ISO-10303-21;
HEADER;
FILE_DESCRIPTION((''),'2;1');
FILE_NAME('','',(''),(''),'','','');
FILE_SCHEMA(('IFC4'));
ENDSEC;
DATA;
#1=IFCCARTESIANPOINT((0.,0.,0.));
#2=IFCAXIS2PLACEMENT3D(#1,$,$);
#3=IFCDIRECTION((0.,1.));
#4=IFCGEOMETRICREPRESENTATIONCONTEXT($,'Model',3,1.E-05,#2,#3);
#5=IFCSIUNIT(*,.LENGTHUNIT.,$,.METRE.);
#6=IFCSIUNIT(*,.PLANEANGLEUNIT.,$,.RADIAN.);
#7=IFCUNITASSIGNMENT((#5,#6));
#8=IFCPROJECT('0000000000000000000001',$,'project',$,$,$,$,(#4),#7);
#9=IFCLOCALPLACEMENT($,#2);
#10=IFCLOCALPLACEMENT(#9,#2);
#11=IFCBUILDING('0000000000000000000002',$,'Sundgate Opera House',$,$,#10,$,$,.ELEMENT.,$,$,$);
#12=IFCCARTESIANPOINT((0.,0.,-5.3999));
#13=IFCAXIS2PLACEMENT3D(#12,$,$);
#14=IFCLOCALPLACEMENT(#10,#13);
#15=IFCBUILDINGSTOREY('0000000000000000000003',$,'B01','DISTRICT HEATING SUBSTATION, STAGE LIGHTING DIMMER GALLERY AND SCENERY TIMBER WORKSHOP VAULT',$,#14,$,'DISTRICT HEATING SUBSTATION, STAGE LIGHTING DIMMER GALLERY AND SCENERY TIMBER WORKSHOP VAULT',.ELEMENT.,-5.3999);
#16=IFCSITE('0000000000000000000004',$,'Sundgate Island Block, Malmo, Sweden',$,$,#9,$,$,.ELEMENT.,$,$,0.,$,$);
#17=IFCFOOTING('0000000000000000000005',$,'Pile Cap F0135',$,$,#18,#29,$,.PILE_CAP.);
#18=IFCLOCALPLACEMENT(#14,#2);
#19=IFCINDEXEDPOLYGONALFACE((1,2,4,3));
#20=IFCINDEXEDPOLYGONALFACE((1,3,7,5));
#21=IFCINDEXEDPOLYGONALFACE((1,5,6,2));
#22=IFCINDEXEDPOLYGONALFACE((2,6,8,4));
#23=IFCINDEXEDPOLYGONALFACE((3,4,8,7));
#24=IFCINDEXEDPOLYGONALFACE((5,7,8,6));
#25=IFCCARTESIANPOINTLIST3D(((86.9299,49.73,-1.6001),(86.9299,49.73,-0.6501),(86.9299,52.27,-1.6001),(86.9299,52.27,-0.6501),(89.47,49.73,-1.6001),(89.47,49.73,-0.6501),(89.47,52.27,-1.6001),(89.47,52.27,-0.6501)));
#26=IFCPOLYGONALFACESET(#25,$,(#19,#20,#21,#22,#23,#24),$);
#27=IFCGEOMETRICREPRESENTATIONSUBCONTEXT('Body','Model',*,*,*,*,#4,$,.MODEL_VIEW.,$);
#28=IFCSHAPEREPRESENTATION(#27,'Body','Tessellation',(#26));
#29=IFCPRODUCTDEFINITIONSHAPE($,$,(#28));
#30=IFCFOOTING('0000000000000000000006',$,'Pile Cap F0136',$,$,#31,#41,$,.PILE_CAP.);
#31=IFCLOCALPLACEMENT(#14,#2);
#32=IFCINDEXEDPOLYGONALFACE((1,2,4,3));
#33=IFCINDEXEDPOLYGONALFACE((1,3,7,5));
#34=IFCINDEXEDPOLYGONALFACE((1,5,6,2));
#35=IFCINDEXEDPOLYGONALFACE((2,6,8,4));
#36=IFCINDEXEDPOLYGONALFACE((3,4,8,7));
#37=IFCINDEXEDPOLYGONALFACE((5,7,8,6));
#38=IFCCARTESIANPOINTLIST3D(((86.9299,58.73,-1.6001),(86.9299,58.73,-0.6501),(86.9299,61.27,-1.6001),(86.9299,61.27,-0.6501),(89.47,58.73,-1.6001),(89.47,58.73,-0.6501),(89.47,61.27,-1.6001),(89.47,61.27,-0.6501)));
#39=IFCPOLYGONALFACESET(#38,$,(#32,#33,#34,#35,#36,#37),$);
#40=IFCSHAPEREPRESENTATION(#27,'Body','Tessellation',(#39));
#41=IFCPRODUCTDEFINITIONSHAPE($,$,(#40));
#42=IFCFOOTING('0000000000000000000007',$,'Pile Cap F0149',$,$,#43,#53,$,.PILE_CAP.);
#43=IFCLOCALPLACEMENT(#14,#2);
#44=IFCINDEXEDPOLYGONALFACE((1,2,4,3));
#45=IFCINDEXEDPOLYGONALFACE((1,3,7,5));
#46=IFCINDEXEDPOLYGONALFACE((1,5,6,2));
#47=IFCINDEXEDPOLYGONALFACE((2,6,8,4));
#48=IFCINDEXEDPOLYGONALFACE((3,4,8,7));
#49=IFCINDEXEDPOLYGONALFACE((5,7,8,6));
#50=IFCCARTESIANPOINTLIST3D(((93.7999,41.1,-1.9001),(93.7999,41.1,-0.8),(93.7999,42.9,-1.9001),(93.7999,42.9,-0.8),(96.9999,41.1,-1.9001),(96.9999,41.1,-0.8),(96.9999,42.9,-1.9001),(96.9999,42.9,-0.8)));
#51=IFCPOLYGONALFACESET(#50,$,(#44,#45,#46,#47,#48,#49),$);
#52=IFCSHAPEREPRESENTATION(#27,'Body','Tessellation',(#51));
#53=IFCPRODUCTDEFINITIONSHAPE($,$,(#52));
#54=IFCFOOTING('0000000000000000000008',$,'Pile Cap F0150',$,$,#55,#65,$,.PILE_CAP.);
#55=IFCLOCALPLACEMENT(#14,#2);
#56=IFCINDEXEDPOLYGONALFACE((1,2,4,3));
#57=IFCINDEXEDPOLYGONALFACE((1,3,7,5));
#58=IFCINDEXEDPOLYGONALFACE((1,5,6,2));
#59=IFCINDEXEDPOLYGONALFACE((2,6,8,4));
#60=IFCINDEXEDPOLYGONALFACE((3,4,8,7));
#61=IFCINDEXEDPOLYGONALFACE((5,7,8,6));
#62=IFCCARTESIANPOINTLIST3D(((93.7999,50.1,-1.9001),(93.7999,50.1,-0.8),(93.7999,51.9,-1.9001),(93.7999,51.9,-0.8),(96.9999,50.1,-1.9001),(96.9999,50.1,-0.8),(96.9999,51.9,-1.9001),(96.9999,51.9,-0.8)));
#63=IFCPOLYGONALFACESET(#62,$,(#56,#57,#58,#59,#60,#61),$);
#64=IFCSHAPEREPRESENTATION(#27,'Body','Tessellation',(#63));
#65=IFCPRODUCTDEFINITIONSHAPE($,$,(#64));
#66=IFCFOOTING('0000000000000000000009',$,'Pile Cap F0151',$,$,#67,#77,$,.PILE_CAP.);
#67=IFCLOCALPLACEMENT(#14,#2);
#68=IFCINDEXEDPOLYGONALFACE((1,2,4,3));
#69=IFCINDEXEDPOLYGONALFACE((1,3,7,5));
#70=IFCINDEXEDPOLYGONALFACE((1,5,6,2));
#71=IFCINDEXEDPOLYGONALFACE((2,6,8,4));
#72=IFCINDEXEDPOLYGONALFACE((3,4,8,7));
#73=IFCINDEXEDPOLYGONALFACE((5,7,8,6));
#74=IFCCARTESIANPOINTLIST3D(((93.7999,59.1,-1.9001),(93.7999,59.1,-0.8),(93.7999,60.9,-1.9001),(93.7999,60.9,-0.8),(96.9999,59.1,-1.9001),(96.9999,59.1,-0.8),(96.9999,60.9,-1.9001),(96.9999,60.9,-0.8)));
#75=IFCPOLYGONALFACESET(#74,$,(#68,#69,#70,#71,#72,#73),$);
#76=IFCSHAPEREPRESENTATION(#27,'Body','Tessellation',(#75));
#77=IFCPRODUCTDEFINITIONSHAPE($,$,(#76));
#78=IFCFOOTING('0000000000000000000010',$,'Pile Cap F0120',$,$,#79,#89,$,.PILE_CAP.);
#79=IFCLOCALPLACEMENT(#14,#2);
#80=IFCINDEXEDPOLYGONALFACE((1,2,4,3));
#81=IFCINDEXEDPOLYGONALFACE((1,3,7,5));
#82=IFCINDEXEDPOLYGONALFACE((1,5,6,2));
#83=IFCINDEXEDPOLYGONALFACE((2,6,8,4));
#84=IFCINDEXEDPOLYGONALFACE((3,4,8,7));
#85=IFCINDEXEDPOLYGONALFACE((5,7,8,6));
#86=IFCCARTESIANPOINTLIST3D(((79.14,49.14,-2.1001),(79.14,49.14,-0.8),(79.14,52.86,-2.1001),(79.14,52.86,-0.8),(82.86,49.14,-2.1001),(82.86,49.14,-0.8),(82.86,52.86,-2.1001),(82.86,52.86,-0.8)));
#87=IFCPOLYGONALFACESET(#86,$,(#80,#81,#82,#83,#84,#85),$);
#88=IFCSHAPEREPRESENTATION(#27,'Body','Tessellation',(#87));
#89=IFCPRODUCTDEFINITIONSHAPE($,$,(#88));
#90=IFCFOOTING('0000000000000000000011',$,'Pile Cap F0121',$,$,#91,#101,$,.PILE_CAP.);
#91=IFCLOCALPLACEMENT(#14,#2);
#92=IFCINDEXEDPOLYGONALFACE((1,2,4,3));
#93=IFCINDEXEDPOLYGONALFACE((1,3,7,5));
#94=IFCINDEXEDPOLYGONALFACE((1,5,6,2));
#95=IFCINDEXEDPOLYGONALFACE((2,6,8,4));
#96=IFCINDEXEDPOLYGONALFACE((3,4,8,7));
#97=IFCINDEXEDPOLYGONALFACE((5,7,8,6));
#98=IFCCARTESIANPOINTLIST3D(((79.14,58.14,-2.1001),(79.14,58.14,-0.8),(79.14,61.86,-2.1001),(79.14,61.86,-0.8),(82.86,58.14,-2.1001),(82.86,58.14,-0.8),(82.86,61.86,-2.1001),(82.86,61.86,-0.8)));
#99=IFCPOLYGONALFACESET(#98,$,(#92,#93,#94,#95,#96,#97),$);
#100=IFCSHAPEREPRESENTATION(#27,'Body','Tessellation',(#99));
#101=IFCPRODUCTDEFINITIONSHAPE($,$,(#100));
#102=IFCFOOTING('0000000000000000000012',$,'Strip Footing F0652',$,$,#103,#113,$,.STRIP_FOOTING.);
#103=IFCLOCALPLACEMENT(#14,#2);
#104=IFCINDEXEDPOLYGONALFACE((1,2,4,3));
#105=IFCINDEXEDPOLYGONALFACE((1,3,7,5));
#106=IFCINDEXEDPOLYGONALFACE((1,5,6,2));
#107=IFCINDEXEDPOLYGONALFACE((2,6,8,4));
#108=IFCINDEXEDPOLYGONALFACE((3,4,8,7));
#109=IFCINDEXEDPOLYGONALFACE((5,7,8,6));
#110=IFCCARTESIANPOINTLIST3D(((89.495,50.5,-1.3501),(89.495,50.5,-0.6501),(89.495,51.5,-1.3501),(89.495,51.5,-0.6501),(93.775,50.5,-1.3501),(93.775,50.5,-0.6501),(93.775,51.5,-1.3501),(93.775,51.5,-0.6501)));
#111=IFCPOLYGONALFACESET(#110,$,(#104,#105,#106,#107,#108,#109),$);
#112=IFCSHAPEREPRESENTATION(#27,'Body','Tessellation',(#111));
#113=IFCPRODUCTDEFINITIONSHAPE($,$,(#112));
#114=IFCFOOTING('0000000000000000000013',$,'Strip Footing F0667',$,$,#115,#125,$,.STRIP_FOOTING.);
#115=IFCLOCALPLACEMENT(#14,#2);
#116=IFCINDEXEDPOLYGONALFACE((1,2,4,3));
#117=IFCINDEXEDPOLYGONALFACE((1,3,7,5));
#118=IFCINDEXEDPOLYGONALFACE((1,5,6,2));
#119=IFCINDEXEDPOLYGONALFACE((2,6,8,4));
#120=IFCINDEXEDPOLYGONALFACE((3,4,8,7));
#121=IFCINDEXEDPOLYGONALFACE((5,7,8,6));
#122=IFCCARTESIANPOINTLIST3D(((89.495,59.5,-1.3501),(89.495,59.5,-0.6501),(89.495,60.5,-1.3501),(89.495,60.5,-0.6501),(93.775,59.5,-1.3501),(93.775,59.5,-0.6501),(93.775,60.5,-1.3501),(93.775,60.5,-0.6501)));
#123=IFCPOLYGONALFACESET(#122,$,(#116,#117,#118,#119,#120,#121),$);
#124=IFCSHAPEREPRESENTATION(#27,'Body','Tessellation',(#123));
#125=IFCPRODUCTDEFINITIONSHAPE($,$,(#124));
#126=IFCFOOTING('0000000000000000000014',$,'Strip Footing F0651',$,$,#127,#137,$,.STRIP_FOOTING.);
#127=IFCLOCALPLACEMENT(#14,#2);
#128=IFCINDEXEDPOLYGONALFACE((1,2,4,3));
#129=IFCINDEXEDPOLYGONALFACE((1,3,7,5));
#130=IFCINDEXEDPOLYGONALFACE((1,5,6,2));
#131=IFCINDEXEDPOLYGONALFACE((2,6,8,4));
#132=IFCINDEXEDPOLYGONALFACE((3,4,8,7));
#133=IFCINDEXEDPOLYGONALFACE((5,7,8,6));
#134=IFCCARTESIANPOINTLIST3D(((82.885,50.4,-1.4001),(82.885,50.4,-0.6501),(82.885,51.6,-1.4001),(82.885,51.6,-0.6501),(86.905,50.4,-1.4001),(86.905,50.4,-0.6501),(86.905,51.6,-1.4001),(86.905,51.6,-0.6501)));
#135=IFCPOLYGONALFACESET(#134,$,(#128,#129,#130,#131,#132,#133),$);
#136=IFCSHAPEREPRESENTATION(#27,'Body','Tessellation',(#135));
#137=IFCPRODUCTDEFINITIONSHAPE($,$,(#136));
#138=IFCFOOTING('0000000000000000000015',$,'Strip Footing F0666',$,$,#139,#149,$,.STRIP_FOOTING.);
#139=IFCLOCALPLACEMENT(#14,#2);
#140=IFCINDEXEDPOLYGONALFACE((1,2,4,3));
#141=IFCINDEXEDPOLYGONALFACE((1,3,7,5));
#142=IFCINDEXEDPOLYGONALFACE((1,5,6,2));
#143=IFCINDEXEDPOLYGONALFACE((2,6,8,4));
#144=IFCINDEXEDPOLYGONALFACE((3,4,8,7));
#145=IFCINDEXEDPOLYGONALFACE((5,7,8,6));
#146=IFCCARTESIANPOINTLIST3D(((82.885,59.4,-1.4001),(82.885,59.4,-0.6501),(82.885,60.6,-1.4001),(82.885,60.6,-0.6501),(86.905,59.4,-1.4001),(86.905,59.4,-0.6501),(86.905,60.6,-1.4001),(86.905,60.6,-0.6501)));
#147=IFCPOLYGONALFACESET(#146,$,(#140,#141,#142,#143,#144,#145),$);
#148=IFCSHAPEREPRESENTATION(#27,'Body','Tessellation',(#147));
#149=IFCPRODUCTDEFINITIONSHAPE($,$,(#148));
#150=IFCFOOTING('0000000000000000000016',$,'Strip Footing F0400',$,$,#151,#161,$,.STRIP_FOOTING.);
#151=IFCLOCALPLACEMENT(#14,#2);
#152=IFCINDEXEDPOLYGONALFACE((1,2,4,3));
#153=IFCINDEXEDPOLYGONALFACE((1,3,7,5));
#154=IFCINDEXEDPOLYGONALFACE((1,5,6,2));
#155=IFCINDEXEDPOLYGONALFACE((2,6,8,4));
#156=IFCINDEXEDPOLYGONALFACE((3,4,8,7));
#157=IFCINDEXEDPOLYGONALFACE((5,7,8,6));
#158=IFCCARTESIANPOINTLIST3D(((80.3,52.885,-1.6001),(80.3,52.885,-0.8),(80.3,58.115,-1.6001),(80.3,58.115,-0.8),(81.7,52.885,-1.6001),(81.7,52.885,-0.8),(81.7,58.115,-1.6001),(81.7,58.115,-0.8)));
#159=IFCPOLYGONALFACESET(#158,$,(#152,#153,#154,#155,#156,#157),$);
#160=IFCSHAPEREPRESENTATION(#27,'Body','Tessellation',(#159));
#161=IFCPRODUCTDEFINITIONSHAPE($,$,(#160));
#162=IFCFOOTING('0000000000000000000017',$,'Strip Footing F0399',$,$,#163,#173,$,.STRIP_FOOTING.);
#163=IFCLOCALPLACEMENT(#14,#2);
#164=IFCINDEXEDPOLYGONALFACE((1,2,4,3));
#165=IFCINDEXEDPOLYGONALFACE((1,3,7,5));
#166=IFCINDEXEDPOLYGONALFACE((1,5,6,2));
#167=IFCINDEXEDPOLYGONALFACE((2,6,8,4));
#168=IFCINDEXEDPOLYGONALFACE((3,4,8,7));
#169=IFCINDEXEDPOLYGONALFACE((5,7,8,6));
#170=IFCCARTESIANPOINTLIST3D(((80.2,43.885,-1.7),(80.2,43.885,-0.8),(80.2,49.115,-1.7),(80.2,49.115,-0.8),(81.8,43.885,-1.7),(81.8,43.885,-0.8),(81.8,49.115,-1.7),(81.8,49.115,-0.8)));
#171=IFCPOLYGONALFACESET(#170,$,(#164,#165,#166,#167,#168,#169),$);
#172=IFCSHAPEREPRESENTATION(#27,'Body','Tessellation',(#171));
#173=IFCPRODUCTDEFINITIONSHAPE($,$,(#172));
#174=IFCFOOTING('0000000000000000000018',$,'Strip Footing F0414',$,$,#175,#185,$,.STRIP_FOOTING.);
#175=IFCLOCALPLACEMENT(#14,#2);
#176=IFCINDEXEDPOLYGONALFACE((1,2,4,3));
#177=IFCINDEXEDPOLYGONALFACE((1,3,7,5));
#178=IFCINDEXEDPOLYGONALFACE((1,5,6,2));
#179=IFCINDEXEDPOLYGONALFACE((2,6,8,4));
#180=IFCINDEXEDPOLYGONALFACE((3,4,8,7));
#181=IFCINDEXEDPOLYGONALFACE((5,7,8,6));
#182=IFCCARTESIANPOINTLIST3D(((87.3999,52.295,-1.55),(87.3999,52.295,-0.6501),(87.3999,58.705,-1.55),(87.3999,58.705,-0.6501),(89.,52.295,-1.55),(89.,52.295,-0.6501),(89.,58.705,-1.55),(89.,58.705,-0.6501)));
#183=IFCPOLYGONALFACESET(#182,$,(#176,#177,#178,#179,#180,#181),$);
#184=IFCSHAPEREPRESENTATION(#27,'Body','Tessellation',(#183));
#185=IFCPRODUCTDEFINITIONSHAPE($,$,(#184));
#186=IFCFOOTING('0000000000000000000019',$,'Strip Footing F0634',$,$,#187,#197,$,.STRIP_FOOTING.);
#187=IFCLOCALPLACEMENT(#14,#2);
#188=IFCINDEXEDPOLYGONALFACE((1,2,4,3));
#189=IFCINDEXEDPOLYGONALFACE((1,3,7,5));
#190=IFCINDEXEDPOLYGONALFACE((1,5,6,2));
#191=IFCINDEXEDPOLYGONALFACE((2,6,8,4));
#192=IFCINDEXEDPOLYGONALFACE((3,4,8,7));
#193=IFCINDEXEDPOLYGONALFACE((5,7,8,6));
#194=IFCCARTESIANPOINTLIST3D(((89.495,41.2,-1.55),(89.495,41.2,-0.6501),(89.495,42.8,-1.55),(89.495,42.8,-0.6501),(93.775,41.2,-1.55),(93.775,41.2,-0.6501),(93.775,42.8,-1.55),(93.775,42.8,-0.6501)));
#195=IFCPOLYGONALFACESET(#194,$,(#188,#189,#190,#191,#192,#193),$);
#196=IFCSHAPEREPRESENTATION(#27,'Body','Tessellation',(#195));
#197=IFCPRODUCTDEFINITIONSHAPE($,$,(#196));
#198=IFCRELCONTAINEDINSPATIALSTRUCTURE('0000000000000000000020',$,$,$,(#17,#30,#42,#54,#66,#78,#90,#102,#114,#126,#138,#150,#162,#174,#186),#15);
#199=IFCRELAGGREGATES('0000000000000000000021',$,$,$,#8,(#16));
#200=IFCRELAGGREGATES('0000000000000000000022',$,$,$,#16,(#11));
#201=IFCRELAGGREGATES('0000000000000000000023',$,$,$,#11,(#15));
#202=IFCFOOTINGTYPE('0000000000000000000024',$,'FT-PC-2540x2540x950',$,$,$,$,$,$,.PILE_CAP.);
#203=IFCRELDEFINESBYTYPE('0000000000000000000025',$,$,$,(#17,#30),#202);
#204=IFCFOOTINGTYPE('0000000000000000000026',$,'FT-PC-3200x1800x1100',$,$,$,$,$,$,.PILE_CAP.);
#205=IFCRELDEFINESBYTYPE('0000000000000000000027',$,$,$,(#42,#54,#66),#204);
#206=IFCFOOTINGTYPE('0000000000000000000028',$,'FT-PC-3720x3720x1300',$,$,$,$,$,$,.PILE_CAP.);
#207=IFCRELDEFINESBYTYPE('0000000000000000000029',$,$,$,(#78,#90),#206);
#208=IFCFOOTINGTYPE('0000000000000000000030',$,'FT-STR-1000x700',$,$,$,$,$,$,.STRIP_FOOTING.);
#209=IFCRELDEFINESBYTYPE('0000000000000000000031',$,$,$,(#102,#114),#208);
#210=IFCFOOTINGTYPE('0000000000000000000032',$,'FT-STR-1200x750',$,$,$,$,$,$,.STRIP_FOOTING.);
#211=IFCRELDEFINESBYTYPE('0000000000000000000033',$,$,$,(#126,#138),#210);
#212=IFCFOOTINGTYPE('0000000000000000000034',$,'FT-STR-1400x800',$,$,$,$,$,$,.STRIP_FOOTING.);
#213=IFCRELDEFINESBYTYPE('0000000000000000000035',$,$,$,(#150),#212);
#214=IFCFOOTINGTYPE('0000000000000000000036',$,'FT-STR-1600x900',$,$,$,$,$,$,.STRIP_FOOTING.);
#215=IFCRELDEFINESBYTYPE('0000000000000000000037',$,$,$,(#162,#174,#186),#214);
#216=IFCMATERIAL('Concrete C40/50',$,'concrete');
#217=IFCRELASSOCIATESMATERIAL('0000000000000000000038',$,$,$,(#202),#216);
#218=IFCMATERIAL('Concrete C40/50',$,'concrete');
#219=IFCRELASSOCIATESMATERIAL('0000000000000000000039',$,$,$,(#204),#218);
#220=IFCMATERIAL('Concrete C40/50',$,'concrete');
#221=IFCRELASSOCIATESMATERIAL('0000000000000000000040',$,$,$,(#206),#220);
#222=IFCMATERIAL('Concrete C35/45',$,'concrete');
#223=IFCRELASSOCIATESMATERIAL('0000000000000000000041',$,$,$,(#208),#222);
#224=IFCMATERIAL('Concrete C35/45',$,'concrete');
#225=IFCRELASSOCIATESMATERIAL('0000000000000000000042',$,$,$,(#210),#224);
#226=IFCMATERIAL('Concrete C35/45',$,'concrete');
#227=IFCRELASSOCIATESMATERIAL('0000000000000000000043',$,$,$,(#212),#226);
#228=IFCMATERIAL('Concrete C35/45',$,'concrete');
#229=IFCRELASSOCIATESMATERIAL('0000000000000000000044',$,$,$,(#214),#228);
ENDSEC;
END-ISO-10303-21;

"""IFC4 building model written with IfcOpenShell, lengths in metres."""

from ifc_helpers import new_model, si_unit, direction, frame, origin, origin_2d, place, context, subcontext, project, spatial, rectangle, extrude, material, type_object, element, save


model = new_model("IFC4")

# Units and contexts
model_context = context("Model", 3, precision=1e-05, world=origin(), true_north=direction((0.0, 1.0)))
body_context = subcontext(model_context, "Body", "Model", "MODEL_VIEW")
ifc_project = project(units=[si_unit("LENGTHUNIT", "METRE"), si_unit("PLANEANGLEUNIT", "RADIAN")], contexts=[model_context])

# Site, building, storey
site_placement = place(None, origin())
site = spatial("IfcSite", under=ifc_project, at=site_placement, Name="Sundgate Island Block, Malmo, Sweden", CompositionType="ELEMENT", RefElevation=0.0)
building_placement = place(site_placement, origin())
building = spatial("IfcBuilding", under=site, at=building_placement, Name="Sundgate Opera House", CompositionType="ELEMENT")
storey_placement = place(building_placement, frame((0.0, 0.0, -5.3999)))
storey = spatial("IfcBuildingStorey", under=building, at=storey_placement, Name="B01", Description="DISTRICT HEATING SUBSTATION, STAGE LIGHTING DIMMER GALLERY AND SCENERY TIMBER WORKSHOP VAULT", LongName="DISTRICT HEATING SUBSTATION, STAGE LIGHTING DIMMER GALLERY AND SCENERY TIMBER WORKSHOP VAULT", CompositionType="ELEMENT", Elevation=-5.3999)

# Footings
ifc_material_1 = material(Name="Concrete C40/50", Category="concrete")
footing_type_1 = type_object("IfcFootingType", Name="FT-PC-2540x2540x950", PredefinedType="PILE_CAP", material=ifc_material_1)
for number, where, z_axis, x_axis, name in (
    (1, (88.2, 51.0, -1.6001), (0.0, 0.0, 1.0), (1.0, 0.0, 0.0), "Pile Cap F0135"),
    (2, (88.2, 60.0, -1.6001), (0.0, 0.0, 1.0), (1.0, 0.0, 0.0), "Pile Cap F0136"),
):
    element("IfcFooting", number, at=place(storey_placement, frame(where, z_axis=z_axis, x_axis=x_axis)), inside=storey, type_object=footing_type_1, Name=name, PredefinedType="PILE_CAP", context=body_context, shape_type="SweptSolid", body=[
        extrude(rectangle(XDim=2.54, YDim=2.54, at=origin_2d()), origin(), (0.0, 0.0, 1.0), 0.95),
    ])
ifc_material_2 = material(Name="Concrete C40/50", Category="concrete")
footing_type_2 = type_object("IfcFootingType", Name="FT-PC-3200x1800x1100", PredefinedType="PILE_CAP", material=ifc_material_2)
for number, where, z_axis, x_axis, name in (
    (3, (95.3999, 42.0, -1.9001), (0.0, 0.0, 1.0), (1.0, 0.0, 0.0), "Pile Cap F0149"),
    (4, (95.3999, 51.0, -1.9001), (0.0, 0.0, 1.0), (1.0, 0.0, 0.0), "Pile Cap F0150"),
    (5, (95.3999, 60.0, -1.9001), (0.0, 0.0, 1.0), (1.0, 0.0, 0.0), "Pile Cap F0151"),
):
    element("IfcFooting", number, at=place(storey_placement, frame(where, z_axis=z_axis, x_axis=x_axis)), inside=storey, type_object=footing_type_2, Name=name, PredefinedType="PILE_CAP", context=body_context, shape_type="SweptSolid", body=[
        extrude(rectangle(XDim=3.2, YDim=1.8, at=origin_2d()), origin(), (0.0, 0.0, 1.0), 1.1001),
    ])
ifc_material_3 = material(Name="Concrete C40/50", Category="concrete")
footing_type_3 = type_object("IfcFootingType", Name="FT-PC-3720x3720x1300", PredefinedType="PILE_CAP", material=ifc_material_3)
for number, where, z_axis, x_axis, name in (
    (6, (81.0, 51.0, -2.1001), (0.0, 0.0, 1.0), (1.0, 0.0, 0.0), "Pile Cap F0120"),
    (7, (81.0, 60.0, -2.1001), (0.0, 0.0, 1.0), (1.0, 0.0, 0.0), "Pile Cap F0121"),
):
    element("IfcFooting", number, at=place(storey_placement, frame(where, z_axis=z_axis, x_axis=x_axis)), inside=storey, type_object=footing_type_3, Name=name, PredefinedType="PILE_CAP", context=body_context, shape_type="SweptSolid", body=[
        extrude(rectangle(XDim=3.72, YDim=3.72, at=origin_2d()), origin(), (0.0, 0.0, 1.0), 1.3),
    ])
ifc_material_4 = material(Name="Concrete C35/45", Category="concrete")
footing_type_4 = type_object("IfcFootingType", Name="FT-STR-1000x700", PredefinedType="STRIP_FOOTING", material=ifc_material_4)
for number, where, z_axis, x_axis, name in (
    (8, (91.635, 51.0, -1.3501), (0.0, 0.0, 1.0), (1.0, 0.0, 0.0), "Strip Footing F0652"),
    (9, (91.635, 60.0, -1.3501), (0.0, 0.0, 1.0), (1.0, 0.0, 0.0), "Strip Footing F0667"),
):
    element("IfcFooting", number, at=place(storey_placement, frame(where, z_axis=z_axis, x_axis=x_axis)), inside=storey, type_object=footing_type_4, Name=name, PredefinedType="STRIP_FOOTING", context=body_context, shape_type="SweptSolid", body=[
        extrude(rectangle(XDim=4.28, YDim=1.0, at=origin_2d()), origin(), (0.0, 0.0, 1.0), 0.7),
    ])
ifc_material_5 = material(Name="Concrete C35/45", Category="concrete")
footing_type_5 = type_object("IfcFootingType", Name="FT-STR-1200x750", PredefinedType="STRIP_FOOTING", material=ifc_material_5)
for number, where, z_axis, x_axis, name in (
    (10, (84.895, 51.0, -1.4001), (0.0, 0.0, 1.0), (1.0, 0.0, 0.0), "Strip Footing F0651"),
    (11, (84.895, 60.0, -1.4001), (0.0, 0.0, 1.0), (1.0, 0.0, 0.0), "Strip Footing F0666"),
):
    element("IfcFooting", number, at=place(storey_placement, frame(where, z_axis=z_axis, x_axis=x_axis)), inside=storey, type_object=footing_type_5, Name=name, PredefinedType="STRIP_FOOTING", context=body_context, shape_type="SweptSolid", body=[
        extrude(rectangle(XDim=4.02, YDim=1.2, at=origin_2d()), origin(), (0.0, 0.0, 1.0), 0.75),
    ])
ifc_material_6 = material(Name="Concrete C35/45", Category="concrete")
footing_type_6 = type_object("IfcFootingType", Name="FT-STR-1400x800", PredefinedType="STRIP_FOOTING", material=ifc_material_6)
footing_1_placement = place(storey_placement, frame((81.0, 55.5, -1.6001), z_axis=(0.0, 0.0, 1.0), x_axis=(1.0, 0.0, 0.0)))
element("IfcFooting", 12, at=footing_1_placement, inside=storey, type_object=footing_type_6, Name="Strip Footing F0400", PredefinedType="STRIP_FOOTING", context=body_context, shape_type="SweptSolid", body=[
    extrude(rectangle(XDim=1.3999, YDim=5.23, at=origin_2d()), origin(), (0.0, 0.0, 1.0), 0.8),
])
ifc_material_7 = material(Name="Concrete C35/45", Category="concrete")
footing_type_7 = type_object("IfcFootingType", Name="FT-STR-1600x900", PredefinedType="STRIP_FOOTING", material=ifc_material_7)
footing_2_placement = place(storey_placement, frame((81.0, 46.5, -1.7), z_axis=(0.0, 0.0, 1.0), x_axis=(1.0, 0.0, 0.0)))
element("IfcFooting", 13, at=footing_2_placement, inside=storey, type_object=footing_type_7, Name="Strip Footing F0399", PredefinedType="STRIP_FOOTING", context=body_context, shape_type="SweptSolid", body=[
    extrude(rectangle(XDim=1.6001, YDim=5.23, at=origin_2d()), origin(), (0.0, 0.0, 1.0), 0.8999),
])
footing_3_placement = place(storey_placement, frame((88.2, 55.5, -1.55), z_axis=(0.0, 0.0, 1.0), x_axis=(1.0, 0.0, 0.0)))
element("IfcFooting", 14, at=footing_3_placement, inside=storey, type_object=footing_type_7, Name="Strip Footing F0414", PredefinedType="STRIP_FOOTING", context=body_context, shape_type="SweptSolid", body=[
    extrude(rectangle(XDim=1.6001, YDim=6.4099, at=origin_2d()), origin(), (0.0, 0.0, 1.0), 0.8999),
])
footing_4_placement = place(storey_placement, frame((91.635, 42.0, -1.55), z_axis=(0.0, 0.0, 1.0), x_axis=(1.0, 0.0, 0.0)))
element("IfcFooting", 15, at=footing_4_placement, inside=storey, type_object=footing_type_7, Name="Strip Footing F0634", PredefinedType="STRIP_FOOTING", context=body_context, shape_type="SweptSolid", body=[
    extrude(rectangle(XDim=4.28, YDim=1.6001, at=origin_2d()), origin(), (0.0, 0.0, 1.0), 0.8999),
])

save(model, "model.ifc")
